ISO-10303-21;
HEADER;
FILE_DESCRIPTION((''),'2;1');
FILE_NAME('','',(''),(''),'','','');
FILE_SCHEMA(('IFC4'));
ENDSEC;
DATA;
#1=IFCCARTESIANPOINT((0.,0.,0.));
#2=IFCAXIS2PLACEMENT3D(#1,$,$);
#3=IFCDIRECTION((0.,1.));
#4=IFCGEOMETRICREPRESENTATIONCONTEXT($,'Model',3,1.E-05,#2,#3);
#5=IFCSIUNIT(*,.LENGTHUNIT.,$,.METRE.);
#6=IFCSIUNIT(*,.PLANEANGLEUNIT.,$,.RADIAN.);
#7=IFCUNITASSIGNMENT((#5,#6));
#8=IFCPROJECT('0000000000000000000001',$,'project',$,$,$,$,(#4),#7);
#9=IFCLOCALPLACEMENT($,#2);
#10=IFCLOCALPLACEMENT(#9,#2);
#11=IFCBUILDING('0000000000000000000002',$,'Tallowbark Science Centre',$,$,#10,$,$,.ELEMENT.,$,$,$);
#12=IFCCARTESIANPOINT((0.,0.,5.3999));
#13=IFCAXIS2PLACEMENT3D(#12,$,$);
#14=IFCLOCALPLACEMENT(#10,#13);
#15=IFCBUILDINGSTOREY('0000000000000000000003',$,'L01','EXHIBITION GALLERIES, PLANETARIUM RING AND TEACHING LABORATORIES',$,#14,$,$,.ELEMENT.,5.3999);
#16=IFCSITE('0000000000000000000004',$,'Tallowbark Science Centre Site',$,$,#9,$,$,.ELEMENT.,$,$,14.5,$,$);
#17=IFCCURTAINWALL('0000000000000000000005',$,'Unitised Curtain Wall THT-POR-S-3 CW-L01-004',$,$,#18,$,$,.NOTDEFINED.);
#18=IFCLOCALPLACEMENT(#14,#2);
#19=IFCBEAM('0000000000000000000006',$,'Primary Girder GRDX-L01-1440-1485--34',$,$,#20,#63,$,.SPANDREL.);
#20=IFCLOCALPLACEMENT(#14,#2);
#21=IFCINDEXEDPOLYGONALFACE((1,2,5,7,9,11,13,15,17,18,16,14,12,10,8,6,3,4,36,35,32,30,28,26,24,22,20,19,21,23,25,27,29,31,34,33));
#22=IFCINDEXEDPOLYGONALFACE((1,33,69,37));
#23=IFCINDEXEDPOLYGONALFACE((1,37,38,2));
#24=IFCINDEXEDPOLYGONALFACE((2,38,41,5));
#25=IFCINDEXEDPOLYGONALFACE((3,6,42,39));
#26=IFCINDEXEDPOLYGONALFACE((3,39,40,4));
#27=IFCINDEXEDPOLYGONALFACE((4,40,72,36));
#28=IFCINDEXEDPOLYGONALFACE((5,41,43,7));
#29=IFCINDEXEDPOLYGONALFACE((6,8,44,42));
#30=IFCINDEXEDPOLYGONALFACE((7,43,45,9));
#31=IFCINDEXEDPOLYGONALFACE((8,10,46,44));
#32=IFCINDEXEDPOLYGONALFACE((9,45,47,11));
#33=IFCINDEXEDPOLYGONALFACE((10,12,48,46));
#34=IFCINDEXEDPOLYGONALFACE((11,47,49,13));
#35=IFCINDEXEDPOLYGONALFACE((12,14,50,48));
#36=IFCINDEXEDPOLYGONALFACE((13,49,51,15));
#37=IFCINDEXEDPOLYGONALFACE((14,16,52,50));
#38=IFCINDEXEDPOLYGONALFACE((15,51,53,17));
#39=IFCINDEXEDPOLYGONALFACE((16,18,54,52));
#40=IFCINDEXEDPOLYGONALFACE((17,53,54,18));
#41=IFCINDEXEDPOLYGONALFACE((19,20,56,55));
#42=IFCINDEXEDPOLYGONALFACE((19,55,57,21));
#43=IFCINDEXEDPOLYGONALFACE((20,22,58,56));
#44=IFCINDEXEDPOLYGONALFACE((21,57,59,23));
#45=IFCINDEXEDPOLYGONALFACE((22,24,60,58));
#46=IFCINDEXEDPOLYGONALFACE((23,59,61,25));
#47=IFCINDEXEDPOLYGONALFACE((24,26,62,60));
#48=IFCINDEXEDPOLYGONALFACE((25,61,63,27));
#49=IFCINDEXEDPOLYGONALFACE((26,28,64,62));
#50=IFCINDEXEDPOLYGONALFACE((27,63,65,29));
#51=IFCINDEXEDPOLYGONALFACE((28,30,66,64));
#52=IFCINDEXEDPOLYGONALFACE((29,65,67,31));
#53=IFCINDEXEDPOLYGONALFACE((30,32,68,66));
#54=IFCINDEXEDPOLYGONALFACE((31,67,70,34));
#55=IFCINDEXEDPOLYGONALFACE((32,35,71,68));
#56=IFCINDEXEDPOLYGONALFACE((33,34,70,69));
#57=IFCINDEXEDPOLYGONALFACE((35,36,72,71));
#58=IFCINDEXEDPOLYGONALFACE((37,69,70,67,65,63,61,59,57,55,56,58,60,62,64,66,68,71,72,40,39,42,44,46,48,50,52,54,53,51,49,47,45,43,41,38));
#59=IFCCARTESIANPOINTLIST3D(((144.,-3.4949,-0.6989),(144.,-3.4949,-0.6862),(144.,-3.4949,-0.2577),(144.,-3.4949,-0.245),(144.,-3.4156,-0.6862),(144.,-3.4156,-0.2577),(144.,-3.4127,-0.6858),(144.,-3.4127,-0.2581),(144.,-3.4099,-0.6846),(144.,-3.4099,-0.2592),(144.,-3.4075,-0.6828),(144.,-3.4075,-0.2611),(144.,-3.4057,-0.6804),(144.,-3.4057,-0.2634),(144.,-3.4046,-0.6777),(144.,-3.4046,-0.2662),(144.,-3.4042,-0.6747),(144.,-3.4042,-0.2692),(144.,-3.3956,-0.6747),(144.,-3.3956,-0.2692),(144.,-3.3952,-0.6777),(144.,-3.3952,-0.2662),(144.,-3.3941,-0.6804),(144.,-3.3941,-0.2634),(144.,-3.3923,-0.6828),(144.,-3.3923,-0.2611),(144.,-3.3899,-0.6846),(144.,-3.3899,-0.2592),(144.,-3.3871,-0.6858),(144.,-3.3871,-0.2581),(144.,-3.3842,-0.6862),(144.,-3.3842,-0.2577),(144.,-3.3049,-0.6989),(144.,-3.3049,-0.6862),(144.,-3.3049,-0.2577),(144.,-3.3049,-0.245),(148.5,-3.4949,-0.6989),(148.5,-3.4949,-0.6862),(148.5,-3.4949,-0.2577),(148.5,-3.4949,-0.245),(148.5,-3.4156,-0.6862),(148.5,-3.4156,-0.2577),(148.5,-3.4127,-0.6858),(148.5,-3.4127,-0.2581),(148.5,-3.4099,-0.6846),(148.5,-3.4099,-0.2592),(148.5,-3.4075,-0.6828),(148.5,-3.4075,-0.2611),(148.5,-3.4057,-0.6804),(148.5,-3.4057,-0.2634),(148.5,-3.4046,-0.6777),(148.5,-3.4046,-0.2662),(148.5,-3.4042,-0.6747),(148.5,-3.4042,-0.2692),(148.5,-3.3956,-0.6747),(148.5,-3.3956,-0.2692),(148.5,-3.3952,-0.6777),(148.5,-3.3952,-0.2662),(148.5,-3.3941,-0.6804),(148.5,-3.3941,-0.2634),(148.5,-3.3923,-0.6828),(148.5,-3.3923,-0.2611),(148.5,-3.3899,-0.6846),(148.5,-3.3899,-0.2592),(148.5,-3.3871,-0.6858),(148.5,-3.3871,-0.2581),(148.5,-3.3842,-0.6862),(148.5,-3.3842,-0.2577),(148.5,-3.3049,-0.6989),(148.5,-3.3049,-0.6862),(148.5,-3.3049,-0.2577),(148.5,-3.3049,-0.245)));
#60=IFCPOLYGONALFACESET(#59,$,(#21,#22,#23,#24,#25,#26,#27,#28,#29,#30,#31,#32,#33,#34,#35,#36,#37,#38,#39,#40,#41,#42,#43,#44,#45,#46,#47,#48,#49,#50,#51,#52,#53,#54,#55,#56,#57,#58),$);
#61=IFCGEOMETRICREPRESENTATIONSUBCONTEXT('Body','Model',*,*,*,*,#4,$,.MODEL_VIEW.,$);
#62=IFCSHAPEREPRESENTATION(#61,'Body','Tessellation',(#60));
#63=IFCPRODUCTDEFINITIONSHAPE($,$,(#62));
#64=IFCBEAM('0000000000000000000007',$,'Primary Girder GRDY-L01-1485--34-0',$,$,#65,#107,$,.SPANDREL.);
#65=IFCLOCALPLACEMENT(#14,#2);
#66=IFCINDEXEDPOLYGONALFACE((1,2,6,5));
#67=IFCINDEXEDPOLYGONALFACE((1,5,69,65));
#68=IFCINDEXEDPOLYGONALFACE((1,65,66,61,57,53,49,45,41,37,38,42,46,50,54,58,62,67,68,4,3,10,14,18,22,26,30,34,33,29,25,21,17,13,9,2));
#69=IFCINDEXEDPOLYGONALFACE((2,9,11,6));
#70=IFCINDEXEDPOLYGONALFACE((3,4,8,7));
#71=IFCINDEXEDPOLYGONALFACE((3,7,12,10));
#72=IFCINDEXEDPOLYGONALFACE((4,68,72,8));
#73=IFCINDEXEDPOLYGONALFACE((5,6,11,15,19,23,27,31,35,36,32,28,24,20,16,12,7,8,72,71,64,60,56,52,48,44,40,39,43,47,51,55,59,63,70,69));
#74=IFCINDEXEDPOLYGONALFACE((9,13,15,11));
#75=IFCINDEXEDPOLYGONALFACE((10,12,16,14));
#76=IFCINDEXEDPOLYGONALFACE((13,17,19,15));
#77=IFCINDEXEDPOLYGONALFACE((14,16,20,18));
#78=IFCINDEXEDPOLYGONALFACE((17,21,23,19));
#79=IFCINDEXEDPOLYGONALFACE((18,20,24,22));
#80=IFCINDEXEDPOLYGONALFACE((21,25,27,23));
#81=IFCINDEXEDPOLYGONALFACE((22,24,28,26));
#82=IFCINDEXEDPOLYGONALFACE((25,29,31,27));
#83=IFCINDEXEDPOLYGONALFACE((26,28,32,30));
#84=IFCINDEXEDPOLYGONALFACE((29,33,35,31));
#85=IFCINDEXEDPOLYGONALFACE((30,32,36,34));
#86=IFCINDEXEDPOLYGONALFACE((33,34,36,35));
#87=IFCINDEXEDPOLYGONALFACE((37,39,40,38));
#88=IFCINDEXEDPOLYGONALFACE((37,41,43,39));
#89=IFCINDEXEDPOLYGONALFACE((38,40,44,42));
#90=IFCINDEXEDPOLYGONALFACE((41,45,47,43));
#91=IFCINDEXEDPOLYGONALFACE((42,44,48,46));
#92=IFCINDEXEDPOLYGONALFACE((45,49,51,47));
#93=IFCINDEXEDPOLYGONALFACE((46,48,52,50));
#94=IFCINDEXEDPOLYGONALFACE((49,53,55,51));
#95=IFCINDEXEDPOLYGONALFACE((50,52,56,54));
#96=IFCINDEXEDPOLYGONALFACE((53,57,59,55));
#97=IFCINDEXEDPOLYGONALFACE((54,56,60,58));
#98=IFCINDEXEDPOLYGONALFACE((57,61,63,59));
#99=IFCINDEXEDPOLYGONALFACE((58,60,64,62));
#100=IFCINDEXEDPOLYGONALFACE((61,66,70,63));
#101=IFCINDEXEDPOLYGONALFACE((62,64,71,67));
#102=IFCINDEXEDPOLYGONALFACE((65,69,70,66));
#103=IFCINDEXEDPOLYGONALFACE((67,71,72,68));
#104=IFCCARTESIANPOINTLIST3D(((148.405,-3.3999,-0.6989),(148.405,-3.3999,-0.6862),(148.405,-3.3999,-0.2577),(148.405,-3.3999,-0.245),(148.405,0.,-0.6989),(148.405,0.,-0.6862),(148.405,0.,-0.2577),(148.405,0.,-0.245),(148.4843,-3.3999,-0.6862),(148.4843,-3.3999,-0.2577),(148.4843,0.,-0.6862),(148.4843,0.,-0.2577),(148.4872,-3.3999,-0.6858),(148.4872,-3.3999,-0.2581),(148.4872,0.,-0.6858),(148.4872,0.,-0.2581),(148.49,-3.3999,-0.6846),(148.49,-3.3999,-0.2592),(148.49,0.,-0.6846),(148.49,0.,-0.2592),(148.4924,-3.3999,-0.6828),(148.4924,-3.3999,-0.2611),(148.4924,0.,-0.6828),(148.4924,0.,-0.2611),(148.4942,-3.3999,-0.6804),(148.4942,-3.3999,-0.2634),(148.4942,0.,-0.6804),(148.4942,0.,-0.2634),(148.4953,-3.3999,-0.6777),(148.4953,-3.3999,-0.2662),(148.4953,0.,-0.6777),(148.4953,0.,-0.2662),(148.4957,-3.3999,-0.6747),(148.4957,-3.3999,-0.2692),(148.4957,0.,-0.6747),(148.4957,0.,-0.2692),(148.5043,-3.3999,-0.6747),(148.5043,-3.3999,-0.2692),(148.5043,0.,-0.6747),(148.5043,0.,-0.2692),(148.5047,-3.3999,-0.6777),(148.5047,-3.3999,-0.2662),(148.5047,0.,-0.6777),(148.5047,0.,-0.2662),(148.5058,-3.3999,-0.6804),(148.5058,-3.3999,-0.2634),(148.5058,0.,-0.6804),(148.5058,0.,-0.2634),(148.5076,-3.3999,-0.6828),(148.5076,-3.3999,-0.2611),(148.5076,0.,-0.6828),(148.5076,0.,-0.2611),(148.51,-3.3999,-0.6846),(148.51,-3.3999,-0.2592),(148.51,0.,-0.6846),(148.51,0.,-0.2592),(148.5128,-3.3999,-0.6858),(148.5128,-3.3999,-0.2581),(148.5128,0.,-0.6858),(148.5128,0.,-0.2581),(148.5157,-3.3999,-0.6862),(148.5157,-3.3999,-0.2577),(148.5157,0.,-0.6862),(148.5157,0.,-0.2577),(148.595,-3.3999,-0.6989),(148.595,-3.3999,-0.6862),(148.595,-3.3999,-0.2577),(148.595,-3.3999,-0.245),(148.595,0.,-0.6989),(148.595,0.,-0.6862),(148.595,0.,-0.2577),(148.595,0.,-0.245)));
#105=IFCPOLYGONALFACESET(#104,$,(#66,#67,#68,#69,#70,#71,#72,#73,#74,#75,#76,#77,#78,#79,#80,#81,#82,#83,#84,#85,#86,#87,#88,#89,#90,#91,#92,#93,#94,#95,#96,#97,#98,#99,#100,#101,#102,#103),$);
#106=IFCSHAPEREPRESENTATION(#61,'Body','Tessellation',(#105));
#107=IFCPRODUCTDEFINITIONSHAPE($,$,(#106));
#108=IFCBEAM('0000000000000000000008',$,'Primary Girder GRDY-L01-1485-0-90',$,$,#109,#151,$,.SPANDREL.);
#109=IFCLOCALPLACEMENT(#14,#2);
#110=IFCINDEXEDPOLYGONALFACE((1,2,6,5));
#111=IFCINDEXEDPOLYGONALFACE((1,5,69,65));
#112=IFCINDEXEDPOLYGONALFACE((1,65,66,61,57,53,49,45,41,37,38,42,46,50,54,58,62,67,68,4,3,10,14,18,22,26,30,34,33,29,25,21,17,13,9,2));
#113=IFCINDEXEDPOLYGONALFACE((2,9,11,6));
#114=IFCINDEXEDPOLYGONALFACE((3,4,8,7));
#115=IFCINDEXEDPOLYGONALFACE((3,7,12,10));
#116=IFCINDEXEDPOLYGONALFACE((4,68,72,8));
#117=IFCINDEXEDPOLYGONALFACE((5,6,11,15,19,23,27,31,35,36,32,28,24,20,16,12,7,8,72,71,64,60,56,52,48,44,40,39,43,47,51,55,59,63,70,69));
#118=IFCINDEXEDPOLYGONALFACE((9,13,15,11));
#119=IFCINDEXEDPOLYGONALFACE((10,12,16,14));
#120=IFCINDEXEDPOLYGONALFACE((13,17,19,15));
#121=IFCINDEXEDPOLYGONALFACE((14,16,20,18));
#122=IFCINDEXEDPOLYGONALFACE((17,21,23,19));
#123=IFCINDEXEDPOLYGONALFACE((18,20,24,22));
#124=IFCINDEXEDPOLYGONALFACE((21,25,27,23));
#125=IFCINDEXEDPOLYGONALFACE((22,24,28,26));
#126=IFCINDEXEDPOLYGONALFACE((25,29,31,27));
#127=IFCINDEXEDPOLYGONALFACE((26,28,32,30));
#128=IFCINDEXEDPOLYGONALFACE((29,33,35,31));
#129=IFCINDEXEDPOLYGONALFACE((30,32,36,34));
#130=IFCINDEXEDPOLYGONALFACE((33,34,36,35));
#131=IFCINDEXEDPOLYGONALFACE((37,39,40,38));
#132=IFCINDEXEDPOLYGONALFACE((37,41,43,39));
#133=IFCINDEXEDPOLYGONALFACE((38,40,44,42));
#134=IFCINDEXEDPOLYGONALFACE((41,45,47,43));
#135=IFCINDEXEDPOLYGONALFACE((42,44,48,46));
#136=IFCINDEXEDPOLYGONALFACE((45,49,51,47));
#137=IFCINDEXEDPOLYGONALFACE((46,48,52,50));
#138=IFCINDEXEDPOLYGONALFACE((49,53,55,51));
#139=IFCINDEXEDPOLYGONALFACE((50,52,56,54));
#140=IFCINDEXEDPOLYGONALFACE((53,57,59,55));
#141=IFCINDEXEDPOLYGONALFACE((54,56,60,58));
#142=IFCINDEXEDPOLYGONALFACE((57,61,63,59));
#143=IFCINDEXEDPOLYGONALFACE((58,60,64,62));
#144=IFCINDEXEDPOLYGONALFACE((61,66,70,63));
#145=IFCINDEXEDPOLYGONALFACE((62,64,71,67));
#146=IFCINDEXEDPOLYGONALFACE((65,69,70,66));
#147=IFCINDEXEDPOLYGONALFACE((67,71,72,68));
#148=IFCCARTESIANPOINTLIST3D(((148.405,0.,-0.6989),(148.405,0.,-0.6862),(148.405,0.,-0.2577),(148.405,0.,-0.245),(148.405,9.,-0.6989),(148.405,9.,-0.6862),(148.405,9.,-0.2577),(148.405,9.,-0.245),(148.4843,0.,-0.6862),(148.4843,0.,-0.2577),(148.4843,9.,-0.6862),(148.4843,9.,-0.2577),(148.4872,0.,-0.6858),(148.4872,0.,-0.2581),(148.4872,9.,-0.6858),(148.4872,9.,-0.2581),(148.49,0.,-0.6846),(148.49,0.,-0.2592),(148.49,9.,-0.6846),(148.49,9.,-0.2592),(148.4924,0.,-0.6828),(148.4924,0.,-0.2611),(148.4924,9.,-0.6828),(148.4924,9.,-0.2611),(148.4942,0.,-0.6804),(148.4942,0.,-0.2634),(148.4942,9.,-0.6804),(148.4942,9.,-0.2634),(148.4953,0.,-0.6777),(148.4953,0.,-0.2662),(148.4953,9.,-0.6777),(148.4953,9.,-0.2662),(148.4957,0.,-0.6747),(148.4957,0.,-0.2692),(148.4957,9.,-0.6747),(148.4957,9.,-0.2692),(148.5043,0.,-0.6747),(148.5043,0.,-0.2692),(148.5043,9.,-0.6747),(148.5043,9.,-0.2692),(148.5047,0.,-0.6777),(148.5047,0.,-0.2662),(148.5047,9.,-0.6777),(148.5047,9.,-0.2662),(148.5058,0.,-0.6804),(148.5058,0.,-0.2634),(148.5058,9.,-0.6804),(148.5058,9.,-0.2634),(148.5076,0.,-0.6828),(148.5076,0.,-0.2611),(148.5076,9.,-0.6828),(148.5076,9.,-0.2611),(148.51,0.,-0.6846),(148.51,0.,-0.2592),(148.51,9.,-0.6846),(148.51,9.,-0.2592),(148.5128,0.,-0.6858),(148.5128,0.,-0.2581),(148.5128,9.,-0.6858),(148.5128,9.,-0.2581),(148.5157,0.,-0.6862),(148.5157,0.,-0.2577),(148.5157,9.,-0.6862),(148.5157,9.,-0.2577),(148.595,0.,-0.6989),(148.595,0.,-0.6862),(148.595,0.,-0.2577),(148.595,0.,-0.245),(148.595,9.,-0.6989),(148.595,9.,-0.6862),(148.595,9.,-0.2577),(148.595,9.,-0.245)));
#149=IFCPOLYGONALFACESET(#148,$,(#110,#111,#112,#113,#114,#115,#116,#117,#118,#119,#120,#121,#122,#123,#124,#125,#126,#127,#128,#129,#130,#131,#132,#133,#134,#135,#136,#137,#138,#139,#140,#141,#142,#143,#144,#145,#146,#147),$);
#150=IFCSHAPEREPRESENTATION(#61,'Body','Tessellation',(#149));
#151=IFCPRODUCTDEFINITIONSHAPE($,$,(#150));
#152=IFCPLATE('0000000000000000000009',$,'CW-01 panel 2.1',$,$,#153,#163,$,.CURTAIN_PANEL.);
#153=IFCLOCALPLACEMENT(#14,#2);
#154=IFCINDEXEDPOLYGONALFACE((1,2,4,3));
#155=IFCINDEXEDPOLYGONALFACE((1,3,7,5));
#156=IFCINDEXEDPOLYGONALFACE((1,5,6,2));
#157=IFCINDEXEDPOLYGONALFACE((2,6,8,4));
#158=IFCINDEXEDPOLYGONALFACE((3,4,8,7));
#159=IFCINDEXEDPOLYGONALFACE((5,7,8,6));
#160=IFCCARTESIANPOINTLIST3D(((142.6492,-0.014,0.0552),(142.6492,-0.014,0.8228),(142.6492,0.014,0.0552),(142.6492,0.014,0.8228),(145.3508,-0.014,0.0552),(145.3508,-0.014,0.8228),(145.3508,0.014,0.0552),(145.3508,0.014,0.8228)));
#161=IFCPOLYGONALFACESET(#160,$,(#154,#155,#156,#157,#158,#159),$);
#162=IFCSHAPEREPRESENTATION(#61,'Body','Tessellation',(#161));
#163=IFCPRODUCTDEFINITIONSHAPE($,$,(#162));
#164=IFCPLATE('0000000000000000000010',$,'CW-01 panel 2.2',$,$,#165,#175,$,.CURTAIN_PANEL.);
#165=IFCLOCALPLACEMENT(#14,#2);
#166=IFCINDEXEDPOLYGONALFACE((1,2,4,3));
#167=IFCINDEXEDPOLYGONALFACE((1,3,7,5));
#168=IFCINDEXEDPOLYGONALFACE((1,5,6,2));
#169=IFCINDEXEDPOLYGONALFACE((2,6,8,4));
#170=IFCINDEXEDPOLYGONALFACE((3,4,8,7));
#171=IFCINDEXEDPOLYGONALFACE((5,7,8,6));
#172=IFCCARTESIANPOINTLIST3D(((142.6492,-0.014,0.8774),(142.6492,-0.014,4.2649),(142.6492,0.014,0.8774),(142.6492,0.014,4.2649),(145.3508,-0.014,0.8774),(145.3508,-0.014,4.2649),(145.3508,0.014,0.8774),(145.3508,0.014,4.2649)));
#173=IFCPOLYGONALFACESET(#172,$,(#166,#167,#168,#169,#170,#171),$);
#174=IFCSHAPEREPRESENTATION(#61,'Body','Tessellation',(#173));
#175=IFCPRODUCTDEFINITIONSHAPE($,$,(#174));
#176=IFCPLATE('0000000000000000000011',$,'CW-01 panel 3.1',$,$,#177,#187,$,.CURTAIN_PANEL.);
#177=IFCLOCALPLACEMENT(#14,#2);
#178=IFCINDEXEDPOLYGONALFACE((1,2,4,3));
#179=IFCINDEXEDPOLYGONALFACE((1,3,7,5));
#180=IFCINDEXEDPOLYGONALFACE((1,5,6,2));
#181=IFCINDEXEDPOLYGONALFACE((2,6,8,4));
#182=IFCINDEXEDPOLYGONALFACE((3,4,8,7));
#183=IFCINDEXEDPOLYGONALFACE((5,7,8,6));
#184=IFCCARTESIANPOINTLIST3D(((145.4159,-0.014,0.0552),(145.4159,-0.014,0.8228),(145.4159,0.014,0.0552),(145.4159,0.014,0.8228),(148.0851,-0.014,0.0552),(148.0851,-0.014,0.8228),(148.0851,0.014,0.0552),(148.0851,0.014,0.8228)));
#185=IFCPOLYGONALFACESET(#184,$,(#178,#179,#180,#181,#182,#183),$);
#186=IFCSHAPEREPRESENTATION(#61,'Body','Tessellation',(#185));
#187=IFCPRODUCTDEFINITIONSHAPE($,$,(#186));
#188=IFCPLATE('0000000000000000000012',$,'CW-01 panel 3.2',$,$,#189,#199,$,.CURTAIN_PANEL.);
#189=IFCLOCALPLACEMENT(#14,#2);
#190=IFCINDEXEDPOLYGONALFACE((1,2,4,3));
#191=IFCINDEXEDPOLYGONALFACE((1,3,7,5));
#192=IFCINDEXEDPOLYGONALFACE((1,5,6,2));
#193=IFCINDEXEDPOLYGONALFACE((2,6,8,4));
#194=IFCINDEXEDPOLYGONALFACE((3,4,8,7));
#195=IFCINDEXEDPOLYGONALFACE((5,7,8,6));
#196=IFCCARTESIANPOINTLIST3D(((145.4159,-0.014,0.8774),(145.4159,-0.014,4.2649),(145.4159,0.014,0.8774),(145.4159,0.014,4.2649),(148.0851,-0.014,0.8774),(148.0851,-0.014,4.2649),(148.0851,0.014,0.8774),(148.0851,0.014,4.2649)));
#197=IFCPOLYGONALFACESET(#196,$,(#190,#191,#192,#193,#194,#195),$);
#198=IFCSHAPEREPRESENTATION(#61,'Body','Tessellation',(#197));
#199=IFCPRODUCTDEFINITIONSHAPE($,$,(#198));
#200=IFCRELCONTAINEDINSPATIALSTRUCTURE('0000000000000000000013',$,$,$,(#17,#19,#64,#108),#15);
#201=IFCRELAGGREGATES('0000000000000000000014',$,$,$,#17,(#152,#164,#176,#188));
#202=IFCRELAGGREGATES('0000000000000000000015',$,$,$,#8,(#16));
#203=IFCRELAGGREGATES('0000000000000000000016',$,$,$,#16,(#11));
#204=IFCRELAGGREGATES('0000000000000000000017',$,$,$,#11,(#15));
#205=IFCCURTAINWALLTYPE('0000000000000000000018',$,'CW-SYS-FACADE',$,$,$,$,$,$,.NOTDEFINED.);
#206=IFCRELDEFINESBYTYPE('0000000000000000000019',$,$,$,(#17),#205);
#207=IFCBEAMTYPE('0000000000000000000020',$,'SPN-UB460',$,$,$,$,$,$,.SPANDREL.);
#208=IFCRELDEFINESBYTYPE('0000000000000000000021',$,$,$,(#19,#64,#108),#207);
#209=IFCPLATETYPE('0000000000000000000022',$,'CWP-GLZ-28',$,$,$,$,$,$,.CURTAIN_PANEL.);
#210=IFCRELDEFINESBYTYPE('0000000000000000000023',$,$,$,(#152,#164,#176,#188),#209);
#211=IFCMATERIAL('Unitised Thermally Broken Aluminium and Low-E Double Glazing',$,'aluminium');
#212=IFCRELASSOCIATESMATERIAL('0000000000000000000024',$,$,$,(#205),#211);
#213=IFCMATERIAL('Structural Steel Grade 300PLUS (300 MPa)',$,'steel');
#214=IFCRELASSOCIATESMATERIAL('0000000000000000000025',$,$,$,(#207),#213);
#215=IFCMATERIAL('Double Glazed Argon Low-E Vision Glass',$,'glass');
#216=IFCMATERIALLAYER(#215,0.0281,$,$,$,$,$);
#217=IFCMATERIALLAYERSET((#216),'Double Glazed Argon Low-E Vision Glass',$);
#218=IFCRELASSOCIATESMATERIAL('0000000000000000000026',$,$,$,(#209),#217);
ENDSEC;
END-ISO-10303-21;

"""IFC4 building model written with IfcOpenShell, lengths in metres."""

from ifc_helpers import new_model, si_unit, direction, frame, origin, origin_2d, place, context, subcontext, project, spatial, rectangle, i_section, extrude, material, layer, layer_set, material_profile, profile_set, type_object, element, aggregate, save


model = new_model("IFC4")

# Units and contexts
model_context = context("Model", 3, precision=1e-05, world=origin(), true_north=direction((0.0, 1.0)))
body_context = subcontext(model_context, "Body", "Model", "MODEL_VIEW")
ifc_project = project(units=[si_unit("LENGTHUNIT", "METRE"), si_unit("PLANEANGLEUNIT", "RADIAN")], contexts=[model_context])

# Site, building, storey
site_placement = place(None, origin())
site = spatial("IfcSite", under=ifc_project, at=site_placement, Name="Tallowbark Science Centre Site", CompositionType="ELEMENT", RefElevation=14.5)
building_placement = place(site_placement, origin())
building = spatial("IfcBuilding", under=site, at=building_placement, Name="Tallowbark Science Centre", CompositionType="ELEMENT")
storey_placement = place(building_placement, frame((0.0, 0.0, 5.3999)))
storey = spatial("IfcBuildingStorey", under=building, at=storey_placement, Name="L01", Description="EXHIBITION GALLERIES, PLANETARIUM RING AND TEACHING LABORATORIES", CompositionType="ELEMENT", Elevation=5.3999)

# Shared definitions
ifc_material_1 = material(Name="Structural Steel Grade 300PLUS (300 MPa)", Category="steel")

# Curtain wall
ifc_material_2 = material(Name="Unitised Thermally Broken Aluminium and Low-E Double Glazing", Category="aluminium")
curtain_wall_type = type_object("IfcCurtainWallType", Name="CW-SYS-FACADE", PredefinedType="NOTDEFINED", material=ifc_material_2)
curtain_wall_placement = place(storey_placement, origin())
curtain_wall = element("IfcCurtainWall", 1, at=curtain_wall_placement, inside=storey, type_object=curtain_wall_type, Name="Unitised Curtain Wall THT-POR-S-3 CW-L01-004", PredefinedType="NOTDEFINED")

# Beams
ifc_material_profile_1 = material_profile(ifc_material_1, i_section(OverallWidth=0.1899, OverallDepth=0.4539, WebThickness=0.0085, FlangeThickness=0.0127, FilletRadius=0.0115, at=origin_2d()), Name="460UB67.1")
ifc_profile_set_1 = profile_set([ifc_material_profile_1], Name="Structural Steel Grade 300PLUS (300 MPa)")
beam_type_1 = type_object("IfcBeamType", Name="SPN-UB460", PredefinedType="SPANDREL", material=ifc_profile_set_1)
beam_1_placement = place(storey_placement, frame((144.0, -3.3999, -0.4719), z_axis=(1.0, 0.0, 0.0), x_axis=(0.0, 1.0, 0.0)))
element("IfcBeam", 2, at=beam_1_placement, inside=storey, type_object=beam_type_1, Name="Primary Girder GRDX-L01-1440-1485--34", PredefinedType="SPANDREL", context=body_context, shape_type="SweptSolid", body=[
    extrude(i_section(OverallWidth=0.1899, OverallDepth=0.4539, WebThickness=0.0085, FlangeThickness=0.0127, FilletRadius=0.0115, at=origin_2d()), origin(), (0.0, 0.0, 1.0), 4.5),
])
beam_2_placement = place(storey_placement, frame((148.5, -3.3999, -0.4719), z_axis=(0.0, 1.0, 0.0), x_axis=(-1.0, 0.0, 0.0)))
element("IfcBeam", 3, at=beam_2_placement, inside=storey, type_object=beam_type_1, Name="Primary Girder GRDY-L01-1485--34-0", PredefinedType="SPANDREL", context=body_context, shape_type="SweptSolid", body=[
    extrude(i_section(OverallWidth=0.1899, OverallDepth=0.4539, WebThickness=0.0085, FlangeThickness=0.0127, FilletRadius=0.0115, at=origin_2d()), origin(), (0.0, 0.0, 1.0), 3.3999),
])
beam_3_placement = place(storey_placement, frame((148.5, 0.0, -0.4719), z_axis=(0.0, 1.0, 0.0), x_axis=(-1.0, 0.0, 0.0)))
element("IfcBeam", 4, at=beam_3_placement, inside=storey, type_object=beam_type_1, Name="Primary Girder GRDY-L01-1485-0-90", PredefinedType="SPANDREL", context=body_context, shape_type="SweptSolid", body=[
    extrude(i_section(OverallWidth=0.1899, OverallDepth=0.4539, WebThickness=0.0085, FlangeThickness=0.0127, FilletRadius=0.0115, at=origin_2d()), origin(), (0.0, 0.0, 1.0), 9.0),
])

# Plates
ifc_material_3 = material(Name="Double Glazed Argon Low-E Vision Glass", Category="glass")
ifc_layer_1 = layer(ifc_material_3, 0.0281)
ifc_layer_set_1 = layer_set([ifc_layer_1], Name="Double Glazed Argon Low-E Vision Glass")
plate_type = type_object("IfcPlateType", Name="CWP-GLZ-28", PredefinedType="CURTAIN_PANEL", material=ifc_layer_set_1)
plate_1_placement = place(storey_placement, frame((144.0, 0.0, 0.0552), z_axis=(0.0, 0.0, 1.0), x_axis=(1.0, 0.0, 0.0)))
plate_1 = element("IfcPlate", 5, at=plate_1_placement, type_object=plate_type, Name="CW-01 panel 2.1", PredefinedType="CURTAIN_PANEL", context=body_context, shape_type="SweptSolid", body=[
    extrude(rectangle(XDim=2.7017, YDim=0.0281, at=origin_2d()), origin(), (0.0, 0.0, 1.0), 0.7676),
])
plate_2_placement = place(storey_placement, frame((144.0, 0.0, 0.8774), z_axis=(0.0, 0.0, 1.0), x_axis=(1.0, 0.0, 0.0)))
plate_2 = element("IfcPlate", 6, at=plate_2_placement, type_object=plate_type, Name="CW-01 panel 2.2", PredefinedType="CURTAIN_PANEL", context=body_context, shape_type="SweptSolid", body=[
    extrude(rectangle(XDim=2.7017, YDim=0.0281, at=origin_2d()), origin(), (0.0, 0.0, 1.0), 3.3875),
])
plate_3_placement = place(storey_placement, frame((146.7505, 0.0, 0.0552), z_axis=(0.0, 0.0, 1.0), x_axis=(1.0, 0.0, 0.0)))
plate_3 = element("IfcPlate", 7, at=plate_3_placement, type_object=plate_type, Name="CW-01 panel 3.1", PredefinedType="CURTAIN_PANEL", context=body_context, shape_type="SweptSolid", body=[
    extrude(rectangle(XDim=2.6692, YDim=0.0281, at=origin_2d()), origin(), (0.0, 0.0, 1.0), 0.7676),
])
plate_4_placement = place(storey_placement, frame((146.7505, 0.0, 0.8774), z_axis=(0.0, 0.0, 1.0), x_axis=(1.0, 0.0, 0.0)))
plate_4 = element("IfcPlate", 8, at=plate_4_placement, type_object=plate_type, Name="CW-01 panel 3.2", PredefinedType="CURTAIN_PANEL", context=body_context, shape_type="SweptSolid", body=[
    extrude(rectangle(XDim=2.6692, YDim=0.0281, at=origin_2d()), origin(), (0.0, 0.0, 1.0), 3.3875),
])
aggregate(curtain_wall, [plate_1, plate_2, plate_3, plate_4])

save(model, "model.ifc")
